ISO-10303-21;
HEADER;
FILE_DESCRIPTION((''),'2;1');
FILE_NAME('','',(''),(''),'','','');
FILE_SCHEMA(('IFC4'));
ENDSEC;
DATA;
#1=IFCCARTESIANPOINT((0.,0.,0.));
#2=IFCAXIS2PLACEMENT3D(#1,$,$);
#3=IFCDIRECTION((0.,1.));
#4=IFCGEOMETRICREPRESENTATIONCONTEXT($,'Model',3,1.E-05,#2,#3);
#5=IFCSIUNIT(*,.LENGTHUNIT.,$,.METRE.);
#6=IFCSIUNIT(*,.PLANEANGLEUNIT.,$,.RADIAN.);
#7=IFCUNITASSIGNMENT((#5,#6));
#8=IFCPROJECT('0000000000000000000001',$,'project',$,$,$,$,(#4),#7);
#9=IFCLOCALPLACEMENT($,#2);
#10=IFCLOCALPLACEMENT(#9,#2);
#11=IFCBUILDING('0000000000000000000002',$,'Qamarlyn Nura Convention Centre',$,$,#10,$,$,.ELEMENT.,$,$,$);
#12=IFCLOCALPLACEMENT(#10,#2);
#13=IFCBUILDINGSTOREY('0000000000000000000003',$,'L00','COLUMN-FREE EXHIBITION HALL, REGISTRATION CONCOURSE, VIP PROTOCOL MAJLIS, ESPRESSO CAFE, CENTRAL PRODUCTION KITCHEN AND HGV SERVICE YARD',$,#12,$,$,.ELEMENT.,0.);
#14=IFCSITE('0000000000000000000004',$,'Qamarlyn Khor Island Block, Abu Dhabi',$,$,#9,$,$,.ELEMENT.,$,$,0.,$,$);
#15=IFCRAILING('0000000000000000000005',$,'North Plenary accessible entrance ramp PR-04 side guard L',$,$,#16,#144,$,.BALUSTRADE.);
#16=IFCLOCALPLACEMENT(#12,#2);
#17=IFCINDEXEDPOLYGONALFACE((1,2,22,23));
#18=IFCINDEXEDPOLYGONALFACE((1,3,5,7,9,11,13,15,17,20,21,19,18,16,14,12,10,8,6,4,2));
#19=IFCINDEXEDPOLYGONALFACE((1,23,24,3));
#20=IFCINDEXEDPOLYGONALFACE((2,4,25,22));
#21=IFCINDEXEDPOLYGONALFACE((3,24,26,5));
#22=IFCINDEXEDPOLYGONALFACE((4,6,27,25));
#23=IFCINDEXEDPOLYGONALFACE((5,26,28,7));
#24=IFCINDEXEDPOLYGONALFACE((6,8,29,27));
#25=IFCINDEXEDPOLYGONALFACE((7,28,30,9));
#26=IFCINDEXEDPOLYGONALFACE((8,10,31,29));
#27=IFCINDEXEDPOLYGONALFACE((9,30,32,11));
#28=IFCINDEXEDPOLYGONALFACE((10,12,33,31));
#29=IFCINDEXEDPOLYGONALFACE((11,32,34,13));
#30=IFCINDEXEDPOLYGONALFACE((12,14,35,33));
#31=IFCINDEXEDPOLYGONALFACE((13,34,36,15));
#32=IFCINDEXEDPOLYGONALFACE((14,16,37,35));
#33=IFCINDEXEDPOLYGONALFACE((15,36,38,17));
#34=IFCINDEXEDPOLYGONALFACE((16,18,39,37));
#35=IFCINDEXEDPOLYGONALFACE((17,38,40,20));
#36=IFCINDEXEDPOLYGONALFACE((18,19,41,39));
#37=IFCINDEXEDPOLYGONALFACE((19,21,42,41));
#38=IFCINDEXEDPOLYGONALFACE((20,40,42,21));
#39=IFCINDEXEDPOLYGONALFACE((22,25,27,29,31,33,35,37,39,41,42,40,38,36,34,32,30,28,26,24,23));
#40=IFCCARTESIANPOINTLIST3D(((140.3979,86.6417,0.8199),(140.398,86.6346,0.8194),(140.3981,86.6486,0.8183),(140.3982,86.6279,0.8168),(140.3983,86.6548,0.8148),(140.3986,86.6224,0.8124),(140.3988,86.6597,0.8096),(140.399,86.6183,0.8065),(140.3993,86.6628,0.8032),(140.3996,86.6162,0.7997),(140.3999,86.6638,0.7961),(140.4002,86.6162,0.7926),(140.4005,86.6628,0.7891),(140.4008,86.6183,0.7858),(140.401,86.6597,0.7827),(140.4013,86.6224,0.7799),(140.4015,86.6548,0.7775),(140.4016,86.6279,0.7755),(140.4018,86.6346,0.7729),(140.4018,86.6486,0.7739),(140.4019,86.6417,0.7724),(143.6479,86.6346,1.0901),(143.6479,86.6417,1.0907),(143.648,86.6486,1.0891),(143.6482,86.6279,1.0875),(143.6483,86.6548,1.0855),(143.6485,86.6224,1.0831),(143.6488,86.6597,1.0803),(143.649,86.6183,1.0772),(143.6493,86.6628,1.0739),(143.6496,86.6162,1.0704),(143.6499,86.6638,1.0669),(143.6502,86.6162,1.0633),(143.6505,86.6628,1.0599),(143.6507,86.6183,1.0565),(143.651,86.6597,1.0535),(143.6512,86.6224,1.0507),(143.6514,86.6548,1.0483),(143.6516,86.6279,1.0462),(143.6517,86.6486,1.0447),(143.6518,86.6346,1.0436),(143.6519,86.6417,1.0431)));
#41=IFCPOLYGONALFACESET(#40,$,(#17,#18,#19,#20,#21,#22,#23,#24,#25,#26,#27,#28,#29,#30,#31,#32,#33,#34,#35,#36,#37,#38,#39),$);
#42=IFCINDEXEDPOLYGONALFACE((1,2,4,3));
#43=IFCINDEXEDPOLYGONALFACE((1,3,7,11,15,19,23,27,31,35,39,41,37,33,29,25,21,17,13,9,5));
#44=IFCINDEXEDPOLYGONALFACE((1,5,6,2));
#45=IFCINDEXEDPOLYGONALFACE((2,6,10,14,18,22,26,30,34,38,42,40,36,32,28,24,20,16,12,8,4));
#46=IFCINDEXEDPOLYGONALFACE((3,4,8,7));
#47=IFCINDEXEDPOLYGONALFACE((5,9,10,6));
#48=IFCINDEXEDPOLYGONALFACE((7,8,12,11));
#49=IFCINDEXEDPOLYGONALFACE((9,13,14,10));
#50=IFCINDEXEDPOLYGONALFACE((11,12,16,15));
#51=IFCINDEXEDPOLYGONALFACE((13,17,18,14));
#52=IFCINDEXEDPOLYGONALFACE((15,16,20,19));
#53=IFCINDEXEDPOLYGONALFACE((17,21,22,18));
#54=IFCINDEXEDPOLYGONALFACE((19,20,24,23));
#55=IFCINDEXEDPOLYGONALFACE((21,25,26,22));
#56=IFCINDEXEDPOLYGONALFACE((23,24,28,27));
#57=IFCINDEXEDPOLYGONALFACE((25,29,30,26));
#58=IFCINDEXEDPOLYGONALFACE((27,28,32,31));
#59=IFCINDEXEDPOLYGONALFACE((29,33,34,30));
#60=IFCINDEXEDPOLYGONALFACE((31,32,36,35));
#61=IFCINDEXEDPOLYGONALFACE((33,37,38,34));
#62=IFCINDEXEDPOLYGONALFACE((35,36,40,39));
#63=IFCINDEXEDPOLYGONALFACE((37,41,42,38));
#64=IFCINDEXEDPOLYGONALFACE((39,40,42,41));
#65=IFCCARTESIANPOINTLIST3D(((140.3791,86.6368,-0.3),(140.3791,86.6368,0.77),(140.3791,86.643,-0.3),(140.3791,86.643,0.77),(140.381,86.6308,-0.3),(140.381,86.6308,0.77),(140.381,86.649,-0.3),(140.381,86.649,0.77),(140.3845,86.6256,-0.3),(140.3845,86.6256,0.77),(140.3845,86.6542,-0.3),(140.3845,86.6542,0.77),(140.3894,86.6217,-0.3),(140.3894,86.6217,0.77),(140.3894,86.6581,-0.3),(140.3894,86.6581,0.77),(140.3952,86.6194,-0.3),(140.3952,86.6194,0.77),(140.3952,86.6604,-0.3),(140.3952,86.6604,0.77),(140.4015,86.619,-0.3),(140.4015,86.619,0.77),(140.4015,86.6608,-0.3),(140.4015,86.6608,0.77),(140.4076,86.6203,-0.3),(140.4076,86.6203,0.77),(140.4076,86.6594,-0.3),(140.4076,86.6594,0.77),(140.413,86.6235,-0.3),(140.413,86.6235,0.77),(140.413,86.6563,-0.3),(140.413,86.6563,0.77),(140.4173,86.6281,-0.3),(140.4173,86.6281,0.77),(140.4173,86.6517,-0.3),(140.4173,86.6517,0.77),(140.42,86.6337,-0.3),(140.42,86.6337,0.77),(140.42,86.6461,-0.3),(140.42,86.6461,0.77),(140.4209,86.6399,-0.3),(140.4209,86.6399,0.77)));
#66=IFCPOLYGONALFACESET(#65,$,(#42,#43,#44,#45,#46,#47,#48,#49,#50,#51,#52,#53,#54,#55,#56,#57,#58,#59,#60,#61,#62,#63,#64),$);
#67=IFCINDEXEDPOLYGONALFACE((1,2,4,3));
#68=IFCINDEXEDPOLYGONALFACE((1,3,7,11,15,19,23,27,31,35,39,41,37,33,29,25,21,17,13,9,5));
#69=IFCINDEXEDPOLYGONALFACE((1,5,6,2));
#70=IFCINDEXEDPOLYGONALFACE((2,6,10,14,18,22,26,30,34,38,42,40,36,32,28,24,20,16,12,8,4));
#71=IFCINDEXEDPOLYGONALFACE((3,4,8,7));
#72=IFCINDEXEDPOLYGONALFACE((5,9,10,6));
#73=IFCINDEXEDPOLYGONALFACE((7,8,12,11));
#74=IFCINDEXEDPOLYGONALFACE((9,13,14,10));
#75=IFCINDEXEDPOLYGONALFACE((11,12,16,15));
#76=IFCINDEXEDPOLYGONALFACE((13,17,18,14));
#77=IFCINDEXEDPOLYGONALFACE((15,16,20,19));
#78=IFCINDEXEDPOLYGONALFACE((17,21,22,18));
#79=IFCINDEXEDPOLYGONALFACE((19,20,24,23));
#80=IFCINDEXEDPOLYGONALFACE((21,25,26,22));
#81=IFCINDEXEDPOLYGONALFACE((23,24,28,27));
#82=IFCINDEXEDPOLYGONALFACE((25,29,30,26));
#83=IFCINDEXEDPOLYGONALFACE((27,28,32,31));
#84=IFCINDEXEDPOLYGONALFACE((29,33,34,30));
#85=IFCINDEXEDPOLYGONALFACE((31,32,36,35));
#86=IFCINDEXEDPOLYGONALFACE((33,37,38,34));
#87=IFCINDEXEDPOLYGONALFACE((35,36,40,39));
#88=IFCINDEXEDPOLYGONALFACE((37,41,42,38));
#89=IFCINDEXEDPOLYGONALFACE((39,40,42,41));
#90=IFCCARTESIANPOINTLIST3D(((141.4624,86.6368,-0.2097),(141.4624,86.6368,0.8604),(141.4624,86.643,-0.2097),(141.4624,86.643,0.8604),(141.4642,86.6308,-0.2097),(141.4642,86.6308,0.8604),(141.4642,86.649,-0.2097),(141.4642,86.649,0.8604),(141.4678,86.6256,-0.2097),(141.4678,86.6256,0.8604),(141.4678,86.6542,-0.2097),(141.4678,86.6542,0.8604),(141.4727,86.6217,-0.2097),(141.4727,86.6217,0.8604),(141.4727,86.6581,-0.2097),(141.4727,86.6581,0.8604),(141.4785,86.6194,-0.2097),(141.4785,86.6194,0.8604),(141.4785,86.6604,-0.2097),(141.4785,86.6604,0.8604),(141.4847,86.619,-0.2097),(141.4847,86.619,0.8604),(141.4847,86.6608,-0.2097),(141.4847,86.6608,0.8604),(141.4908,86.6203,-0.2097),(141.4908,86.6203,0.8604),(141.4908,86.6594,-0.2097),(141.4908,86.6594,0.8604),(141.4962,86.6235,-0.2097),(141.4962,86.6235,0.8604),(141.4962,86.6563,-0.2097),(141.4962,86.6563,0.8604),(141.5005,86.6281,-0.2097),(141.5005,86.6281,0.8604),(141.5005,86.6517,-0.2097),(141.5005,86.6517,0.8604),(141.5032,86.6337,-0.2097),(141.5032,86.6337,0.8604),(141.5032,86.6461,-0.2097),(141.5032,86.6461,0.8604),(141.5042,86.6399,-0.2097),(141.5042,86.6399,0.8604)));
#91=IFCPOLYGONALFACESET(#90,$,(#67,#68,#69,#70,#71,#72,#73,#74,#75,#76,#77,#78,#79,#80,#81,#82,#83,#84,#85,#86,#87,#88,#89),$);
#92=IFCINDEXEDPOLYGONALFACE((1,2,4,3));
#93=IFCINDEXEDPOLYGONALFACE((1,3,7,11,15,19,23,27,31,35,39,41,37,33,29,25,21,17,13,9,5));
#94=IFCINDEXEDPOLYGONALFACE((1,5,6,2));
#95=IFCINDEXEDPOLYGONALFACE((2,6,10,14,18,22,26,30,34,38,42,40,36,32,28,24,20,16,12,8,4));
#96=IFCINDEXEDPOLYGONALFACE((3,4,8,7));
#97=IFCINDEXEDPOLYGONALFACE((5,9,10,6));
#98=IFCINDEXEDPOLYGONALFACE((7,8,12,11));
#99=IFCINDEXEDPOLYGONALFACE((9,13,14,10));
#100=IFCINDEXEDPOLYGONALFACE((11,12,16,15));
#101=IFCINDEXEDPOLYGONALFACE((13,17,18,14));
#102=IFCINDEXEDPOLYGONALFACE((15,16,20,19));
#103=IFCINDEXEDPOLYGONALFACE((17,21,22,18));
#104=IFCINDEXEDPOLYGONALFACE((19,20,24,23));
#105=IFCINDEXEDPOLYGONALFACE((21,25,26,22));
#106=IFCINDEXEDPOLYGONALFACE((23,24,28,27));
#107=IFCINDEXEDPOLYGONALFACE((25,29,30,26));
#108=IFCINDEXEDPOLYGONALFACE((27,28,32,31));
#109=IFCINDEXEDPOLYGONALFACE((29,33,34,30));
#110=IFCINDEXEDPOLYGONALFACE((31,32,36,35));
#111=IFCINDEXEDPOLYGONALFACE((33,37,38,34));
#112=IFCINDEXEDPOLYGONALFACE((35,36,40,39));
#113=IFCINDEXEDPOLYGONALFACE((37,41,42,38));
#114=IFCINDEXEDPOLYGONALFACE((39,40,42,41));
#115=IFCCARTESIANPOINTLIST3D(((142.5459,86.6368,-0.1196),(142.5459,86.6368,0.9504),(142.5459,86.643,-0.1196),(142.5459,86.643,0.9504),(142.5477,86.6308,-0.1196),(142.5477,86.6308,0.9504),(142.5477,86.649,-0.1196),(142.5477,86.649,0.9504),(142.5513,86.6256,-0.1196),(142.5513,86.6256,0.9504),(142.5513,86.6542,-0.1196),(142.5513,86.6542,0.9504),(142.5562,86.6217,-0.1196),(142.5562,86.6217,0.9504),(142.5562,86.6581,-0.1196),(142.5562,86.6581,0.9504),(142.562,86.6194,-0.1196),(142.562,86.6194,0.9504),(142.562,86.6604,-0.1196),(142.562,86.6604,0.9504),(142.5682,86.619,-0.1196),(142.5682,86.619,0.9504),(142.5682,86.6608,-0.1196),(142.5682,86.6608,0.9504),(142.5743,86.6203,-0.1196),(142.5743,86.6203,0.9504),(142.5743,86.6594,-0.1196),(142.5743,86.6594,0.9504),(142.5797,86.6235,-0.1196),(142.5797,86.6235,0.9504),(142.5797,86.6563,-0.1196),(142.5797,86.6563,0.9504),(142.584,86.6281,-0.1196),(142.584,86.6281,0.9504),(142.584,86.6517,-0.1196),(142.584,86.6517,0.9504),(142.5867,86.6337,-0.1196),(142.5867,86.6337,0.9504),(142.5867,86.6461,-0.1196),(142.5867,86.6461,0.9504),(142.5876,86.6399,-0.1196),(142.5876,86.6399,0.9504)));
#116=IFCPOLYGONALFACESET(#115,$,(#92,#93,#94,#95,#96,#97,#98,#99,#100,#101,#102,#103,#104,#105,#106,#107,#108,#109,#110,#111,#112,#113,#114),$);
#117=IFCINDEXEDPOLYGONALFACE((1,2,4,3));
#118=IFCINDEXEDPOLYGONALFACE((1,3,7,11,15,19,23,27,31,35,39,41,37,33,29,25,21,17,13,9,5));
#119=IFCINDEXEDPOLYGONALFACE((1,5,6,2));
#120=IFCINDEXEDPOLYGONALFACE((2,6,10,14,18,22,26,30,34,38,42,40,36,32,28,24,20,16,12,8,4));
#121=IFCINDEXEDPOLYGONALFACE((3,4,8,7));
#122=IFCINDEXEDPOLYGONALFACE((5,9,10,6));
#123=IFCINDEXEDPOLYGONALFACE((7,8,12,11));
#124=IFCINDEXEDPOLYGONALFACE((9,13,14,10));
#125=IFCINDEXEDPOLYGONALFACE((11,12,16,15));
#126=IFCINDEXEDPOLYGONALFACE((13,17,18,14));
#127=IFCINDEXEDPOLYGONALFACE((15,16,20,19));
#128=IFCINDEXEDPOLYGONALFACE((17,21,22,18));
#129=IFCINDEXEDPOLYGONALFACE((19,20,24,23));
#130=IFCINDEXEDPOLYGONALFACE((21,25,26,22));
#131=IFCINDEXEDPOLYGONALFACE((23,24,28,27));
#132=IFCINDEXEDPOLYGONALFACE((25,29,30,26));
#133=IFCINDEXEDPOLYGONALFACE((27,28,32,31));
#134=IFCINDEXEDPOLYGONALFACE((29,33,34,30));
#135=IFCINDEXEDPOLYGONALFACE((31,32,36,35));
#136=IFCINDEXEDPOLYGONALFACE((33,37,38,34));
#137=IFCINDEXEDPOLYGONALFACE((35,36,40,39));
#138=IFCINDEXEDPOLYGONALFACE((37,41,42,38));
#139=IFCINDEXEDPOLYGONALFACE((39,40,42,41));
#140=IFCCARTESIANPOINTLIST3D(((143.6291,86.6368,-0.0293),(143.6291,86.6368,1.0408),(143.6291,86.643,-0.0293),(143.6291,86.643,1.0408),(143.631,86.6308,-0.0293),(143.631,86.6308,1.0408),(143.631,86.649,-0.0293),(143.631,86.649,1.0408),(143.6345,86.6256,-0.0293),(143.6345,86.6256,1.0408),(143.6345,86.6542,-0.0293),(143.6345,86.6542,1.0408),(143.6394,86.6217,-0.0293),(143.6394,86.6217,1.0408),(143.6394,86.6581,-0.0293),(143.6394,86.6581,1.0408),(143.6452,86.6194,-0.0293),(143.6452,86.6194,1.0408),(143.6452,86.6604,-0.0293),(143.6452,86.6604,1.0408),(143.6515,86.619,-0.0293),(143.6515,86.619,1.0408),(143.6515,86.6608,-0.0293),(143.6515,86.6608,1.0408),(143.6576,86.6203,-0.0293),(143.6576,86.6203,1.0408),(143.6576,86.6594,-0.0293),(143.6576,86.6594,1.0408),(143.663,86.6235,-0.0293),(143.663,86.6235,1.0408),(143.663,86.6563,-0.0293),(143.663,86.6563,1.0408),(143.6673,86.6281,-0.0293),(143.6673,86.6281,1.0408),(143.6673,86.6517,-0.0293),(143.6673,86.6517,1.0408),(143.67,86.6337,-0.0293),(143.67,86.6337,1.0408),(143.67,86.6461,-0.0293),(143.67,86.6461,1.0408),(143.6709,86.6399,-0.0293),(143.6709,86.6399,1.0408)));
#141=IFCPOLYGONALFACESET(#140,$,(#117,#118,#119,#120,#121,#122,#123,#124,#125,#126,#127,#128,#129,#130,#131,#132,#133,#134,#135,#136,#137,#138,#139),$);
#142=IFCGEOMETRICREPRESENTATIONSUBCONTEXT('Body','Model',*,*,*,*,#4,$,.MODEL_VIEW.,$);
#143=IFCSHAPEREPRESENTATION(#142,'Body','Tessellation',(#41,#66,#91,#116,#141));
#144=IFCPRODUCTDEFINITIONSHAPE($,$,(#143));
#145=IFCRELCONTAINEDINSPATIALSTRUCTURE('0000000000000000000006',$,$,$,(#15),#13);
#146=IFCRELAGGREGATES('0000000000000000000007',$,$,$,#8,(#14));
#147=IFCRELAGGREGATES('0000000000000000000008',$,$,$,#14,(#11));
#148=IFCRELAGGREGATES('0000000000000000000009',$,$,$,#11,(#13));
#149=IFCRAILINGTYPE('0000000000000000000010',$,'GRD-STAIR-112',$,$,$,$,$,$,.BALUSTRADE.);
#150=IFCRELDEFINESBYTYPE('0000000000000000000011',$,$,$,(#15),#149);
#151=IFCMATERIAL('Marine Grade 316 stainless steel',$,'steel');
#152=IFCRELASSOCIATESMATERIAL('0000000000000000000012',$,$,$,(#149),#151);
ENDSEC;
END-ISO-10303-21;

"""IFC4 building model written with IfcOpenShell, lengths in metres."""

from ifc_helpers import new_model, si_unit, direction, frame, origin, origin_2d, place, context, subcontext, project, spatial, circle, extrude, material, type_object, element, save


model = new_model("IFC4")

# Units and contexts
model_context = context("Model", 3, precision=1e-05, world=origin(), true_north=direction((0.0, 1.0)))
body_context = subcontext(model_context, "Body", "Model", "MODEL_VIEW")
ifc_project = project(units=[si_unit("LENGTHUNIT", "METRE"), si_unit("PLANEANGLEUNIT", "RADIAN")], contexts=[model_context])

# Site, building, storey
site_placement = place(None, origin())
site = spatial("IfcSite", under=ifc_project, at=site_placement, Name="Qamarlyn Khor Island Block, Abu Dhabi", CompositionType="ELEMENT", RefElevation=0.0)
building_placement = place(site_placement, origin())
building = spatial("IfcBuilding", under=site, at=building_placement, Name="Qamarlyn Nura Convention Centre", CompositionType="ELEMENT")
storey_placement = place(building_placement, origin())
storey = spatial("IfcBuildingStorey", under=building, at=storey_placement, Name="L00", Description="COLUMN-FREE EXHIBITION HALL, REGISTRATION CONCOURSE, VIP PROTOCOL MAJLIS, ESPRESSO CAFE, CENTRAL PRODUCTION KITCHEN AND HGV SERVICE YARD", CompositionType="ELEMENT", Elevation=0.0)

# Railing
ifc_material_1 = material(Name="Marine Grade 316 stainless steel", Category="steel")
railing_type = type_object("IfcRailingType", Name="GRD-STAIR-112", PredefinedType="BALUSTRADE", material=ifc_material_1)
for number, where, name in (
    (1, (140.3999, 86.6399, -0.3), "North Plenary accessible entrance ramp PR-04 side guard L"),
):
    element("IfcRailing", number, at=place(storey_placement, frame(where)), inside=storey, type_object=railing_type, Name=name, PredefinedType="BALUSTRADE", context=body_context, shape_type="SweptSolid", body=[
        extrude(circle(Radius=0.0239, at=origin_2d()), frame((0.0, 0.0, 1.0962), z_axis=(0.996548, 0.0, 0.083021), x_axis=(0.0, 1.0, 0.0)), (0.0, 0.0, 1.0), 3.2612),
        extrude(circle(Radius=0.021, at=origin_2d()), origin(), (0.0, 0.0, 1.0), 1.0701),
        extrude(circle(Radius=0.021, at=origin_2d()), frame((1.0833, 0.0, 0.0903)), (0.0, 0.0, 1.0), 1.0701),
        extrude(circle(Radius=0.021, at=origin_2d()), frame((2.1667, 0.0, 0.1804)), (0.0, 0.0, 1.0), 1.0701),
        extrude(circle(Radius=0.021, at=origin_2d()), frame((3.25, 0.0, 0.2708)), (0.0, 0.0, 1.0), 1.0701),
    ])

save(model, "model.ifc")
